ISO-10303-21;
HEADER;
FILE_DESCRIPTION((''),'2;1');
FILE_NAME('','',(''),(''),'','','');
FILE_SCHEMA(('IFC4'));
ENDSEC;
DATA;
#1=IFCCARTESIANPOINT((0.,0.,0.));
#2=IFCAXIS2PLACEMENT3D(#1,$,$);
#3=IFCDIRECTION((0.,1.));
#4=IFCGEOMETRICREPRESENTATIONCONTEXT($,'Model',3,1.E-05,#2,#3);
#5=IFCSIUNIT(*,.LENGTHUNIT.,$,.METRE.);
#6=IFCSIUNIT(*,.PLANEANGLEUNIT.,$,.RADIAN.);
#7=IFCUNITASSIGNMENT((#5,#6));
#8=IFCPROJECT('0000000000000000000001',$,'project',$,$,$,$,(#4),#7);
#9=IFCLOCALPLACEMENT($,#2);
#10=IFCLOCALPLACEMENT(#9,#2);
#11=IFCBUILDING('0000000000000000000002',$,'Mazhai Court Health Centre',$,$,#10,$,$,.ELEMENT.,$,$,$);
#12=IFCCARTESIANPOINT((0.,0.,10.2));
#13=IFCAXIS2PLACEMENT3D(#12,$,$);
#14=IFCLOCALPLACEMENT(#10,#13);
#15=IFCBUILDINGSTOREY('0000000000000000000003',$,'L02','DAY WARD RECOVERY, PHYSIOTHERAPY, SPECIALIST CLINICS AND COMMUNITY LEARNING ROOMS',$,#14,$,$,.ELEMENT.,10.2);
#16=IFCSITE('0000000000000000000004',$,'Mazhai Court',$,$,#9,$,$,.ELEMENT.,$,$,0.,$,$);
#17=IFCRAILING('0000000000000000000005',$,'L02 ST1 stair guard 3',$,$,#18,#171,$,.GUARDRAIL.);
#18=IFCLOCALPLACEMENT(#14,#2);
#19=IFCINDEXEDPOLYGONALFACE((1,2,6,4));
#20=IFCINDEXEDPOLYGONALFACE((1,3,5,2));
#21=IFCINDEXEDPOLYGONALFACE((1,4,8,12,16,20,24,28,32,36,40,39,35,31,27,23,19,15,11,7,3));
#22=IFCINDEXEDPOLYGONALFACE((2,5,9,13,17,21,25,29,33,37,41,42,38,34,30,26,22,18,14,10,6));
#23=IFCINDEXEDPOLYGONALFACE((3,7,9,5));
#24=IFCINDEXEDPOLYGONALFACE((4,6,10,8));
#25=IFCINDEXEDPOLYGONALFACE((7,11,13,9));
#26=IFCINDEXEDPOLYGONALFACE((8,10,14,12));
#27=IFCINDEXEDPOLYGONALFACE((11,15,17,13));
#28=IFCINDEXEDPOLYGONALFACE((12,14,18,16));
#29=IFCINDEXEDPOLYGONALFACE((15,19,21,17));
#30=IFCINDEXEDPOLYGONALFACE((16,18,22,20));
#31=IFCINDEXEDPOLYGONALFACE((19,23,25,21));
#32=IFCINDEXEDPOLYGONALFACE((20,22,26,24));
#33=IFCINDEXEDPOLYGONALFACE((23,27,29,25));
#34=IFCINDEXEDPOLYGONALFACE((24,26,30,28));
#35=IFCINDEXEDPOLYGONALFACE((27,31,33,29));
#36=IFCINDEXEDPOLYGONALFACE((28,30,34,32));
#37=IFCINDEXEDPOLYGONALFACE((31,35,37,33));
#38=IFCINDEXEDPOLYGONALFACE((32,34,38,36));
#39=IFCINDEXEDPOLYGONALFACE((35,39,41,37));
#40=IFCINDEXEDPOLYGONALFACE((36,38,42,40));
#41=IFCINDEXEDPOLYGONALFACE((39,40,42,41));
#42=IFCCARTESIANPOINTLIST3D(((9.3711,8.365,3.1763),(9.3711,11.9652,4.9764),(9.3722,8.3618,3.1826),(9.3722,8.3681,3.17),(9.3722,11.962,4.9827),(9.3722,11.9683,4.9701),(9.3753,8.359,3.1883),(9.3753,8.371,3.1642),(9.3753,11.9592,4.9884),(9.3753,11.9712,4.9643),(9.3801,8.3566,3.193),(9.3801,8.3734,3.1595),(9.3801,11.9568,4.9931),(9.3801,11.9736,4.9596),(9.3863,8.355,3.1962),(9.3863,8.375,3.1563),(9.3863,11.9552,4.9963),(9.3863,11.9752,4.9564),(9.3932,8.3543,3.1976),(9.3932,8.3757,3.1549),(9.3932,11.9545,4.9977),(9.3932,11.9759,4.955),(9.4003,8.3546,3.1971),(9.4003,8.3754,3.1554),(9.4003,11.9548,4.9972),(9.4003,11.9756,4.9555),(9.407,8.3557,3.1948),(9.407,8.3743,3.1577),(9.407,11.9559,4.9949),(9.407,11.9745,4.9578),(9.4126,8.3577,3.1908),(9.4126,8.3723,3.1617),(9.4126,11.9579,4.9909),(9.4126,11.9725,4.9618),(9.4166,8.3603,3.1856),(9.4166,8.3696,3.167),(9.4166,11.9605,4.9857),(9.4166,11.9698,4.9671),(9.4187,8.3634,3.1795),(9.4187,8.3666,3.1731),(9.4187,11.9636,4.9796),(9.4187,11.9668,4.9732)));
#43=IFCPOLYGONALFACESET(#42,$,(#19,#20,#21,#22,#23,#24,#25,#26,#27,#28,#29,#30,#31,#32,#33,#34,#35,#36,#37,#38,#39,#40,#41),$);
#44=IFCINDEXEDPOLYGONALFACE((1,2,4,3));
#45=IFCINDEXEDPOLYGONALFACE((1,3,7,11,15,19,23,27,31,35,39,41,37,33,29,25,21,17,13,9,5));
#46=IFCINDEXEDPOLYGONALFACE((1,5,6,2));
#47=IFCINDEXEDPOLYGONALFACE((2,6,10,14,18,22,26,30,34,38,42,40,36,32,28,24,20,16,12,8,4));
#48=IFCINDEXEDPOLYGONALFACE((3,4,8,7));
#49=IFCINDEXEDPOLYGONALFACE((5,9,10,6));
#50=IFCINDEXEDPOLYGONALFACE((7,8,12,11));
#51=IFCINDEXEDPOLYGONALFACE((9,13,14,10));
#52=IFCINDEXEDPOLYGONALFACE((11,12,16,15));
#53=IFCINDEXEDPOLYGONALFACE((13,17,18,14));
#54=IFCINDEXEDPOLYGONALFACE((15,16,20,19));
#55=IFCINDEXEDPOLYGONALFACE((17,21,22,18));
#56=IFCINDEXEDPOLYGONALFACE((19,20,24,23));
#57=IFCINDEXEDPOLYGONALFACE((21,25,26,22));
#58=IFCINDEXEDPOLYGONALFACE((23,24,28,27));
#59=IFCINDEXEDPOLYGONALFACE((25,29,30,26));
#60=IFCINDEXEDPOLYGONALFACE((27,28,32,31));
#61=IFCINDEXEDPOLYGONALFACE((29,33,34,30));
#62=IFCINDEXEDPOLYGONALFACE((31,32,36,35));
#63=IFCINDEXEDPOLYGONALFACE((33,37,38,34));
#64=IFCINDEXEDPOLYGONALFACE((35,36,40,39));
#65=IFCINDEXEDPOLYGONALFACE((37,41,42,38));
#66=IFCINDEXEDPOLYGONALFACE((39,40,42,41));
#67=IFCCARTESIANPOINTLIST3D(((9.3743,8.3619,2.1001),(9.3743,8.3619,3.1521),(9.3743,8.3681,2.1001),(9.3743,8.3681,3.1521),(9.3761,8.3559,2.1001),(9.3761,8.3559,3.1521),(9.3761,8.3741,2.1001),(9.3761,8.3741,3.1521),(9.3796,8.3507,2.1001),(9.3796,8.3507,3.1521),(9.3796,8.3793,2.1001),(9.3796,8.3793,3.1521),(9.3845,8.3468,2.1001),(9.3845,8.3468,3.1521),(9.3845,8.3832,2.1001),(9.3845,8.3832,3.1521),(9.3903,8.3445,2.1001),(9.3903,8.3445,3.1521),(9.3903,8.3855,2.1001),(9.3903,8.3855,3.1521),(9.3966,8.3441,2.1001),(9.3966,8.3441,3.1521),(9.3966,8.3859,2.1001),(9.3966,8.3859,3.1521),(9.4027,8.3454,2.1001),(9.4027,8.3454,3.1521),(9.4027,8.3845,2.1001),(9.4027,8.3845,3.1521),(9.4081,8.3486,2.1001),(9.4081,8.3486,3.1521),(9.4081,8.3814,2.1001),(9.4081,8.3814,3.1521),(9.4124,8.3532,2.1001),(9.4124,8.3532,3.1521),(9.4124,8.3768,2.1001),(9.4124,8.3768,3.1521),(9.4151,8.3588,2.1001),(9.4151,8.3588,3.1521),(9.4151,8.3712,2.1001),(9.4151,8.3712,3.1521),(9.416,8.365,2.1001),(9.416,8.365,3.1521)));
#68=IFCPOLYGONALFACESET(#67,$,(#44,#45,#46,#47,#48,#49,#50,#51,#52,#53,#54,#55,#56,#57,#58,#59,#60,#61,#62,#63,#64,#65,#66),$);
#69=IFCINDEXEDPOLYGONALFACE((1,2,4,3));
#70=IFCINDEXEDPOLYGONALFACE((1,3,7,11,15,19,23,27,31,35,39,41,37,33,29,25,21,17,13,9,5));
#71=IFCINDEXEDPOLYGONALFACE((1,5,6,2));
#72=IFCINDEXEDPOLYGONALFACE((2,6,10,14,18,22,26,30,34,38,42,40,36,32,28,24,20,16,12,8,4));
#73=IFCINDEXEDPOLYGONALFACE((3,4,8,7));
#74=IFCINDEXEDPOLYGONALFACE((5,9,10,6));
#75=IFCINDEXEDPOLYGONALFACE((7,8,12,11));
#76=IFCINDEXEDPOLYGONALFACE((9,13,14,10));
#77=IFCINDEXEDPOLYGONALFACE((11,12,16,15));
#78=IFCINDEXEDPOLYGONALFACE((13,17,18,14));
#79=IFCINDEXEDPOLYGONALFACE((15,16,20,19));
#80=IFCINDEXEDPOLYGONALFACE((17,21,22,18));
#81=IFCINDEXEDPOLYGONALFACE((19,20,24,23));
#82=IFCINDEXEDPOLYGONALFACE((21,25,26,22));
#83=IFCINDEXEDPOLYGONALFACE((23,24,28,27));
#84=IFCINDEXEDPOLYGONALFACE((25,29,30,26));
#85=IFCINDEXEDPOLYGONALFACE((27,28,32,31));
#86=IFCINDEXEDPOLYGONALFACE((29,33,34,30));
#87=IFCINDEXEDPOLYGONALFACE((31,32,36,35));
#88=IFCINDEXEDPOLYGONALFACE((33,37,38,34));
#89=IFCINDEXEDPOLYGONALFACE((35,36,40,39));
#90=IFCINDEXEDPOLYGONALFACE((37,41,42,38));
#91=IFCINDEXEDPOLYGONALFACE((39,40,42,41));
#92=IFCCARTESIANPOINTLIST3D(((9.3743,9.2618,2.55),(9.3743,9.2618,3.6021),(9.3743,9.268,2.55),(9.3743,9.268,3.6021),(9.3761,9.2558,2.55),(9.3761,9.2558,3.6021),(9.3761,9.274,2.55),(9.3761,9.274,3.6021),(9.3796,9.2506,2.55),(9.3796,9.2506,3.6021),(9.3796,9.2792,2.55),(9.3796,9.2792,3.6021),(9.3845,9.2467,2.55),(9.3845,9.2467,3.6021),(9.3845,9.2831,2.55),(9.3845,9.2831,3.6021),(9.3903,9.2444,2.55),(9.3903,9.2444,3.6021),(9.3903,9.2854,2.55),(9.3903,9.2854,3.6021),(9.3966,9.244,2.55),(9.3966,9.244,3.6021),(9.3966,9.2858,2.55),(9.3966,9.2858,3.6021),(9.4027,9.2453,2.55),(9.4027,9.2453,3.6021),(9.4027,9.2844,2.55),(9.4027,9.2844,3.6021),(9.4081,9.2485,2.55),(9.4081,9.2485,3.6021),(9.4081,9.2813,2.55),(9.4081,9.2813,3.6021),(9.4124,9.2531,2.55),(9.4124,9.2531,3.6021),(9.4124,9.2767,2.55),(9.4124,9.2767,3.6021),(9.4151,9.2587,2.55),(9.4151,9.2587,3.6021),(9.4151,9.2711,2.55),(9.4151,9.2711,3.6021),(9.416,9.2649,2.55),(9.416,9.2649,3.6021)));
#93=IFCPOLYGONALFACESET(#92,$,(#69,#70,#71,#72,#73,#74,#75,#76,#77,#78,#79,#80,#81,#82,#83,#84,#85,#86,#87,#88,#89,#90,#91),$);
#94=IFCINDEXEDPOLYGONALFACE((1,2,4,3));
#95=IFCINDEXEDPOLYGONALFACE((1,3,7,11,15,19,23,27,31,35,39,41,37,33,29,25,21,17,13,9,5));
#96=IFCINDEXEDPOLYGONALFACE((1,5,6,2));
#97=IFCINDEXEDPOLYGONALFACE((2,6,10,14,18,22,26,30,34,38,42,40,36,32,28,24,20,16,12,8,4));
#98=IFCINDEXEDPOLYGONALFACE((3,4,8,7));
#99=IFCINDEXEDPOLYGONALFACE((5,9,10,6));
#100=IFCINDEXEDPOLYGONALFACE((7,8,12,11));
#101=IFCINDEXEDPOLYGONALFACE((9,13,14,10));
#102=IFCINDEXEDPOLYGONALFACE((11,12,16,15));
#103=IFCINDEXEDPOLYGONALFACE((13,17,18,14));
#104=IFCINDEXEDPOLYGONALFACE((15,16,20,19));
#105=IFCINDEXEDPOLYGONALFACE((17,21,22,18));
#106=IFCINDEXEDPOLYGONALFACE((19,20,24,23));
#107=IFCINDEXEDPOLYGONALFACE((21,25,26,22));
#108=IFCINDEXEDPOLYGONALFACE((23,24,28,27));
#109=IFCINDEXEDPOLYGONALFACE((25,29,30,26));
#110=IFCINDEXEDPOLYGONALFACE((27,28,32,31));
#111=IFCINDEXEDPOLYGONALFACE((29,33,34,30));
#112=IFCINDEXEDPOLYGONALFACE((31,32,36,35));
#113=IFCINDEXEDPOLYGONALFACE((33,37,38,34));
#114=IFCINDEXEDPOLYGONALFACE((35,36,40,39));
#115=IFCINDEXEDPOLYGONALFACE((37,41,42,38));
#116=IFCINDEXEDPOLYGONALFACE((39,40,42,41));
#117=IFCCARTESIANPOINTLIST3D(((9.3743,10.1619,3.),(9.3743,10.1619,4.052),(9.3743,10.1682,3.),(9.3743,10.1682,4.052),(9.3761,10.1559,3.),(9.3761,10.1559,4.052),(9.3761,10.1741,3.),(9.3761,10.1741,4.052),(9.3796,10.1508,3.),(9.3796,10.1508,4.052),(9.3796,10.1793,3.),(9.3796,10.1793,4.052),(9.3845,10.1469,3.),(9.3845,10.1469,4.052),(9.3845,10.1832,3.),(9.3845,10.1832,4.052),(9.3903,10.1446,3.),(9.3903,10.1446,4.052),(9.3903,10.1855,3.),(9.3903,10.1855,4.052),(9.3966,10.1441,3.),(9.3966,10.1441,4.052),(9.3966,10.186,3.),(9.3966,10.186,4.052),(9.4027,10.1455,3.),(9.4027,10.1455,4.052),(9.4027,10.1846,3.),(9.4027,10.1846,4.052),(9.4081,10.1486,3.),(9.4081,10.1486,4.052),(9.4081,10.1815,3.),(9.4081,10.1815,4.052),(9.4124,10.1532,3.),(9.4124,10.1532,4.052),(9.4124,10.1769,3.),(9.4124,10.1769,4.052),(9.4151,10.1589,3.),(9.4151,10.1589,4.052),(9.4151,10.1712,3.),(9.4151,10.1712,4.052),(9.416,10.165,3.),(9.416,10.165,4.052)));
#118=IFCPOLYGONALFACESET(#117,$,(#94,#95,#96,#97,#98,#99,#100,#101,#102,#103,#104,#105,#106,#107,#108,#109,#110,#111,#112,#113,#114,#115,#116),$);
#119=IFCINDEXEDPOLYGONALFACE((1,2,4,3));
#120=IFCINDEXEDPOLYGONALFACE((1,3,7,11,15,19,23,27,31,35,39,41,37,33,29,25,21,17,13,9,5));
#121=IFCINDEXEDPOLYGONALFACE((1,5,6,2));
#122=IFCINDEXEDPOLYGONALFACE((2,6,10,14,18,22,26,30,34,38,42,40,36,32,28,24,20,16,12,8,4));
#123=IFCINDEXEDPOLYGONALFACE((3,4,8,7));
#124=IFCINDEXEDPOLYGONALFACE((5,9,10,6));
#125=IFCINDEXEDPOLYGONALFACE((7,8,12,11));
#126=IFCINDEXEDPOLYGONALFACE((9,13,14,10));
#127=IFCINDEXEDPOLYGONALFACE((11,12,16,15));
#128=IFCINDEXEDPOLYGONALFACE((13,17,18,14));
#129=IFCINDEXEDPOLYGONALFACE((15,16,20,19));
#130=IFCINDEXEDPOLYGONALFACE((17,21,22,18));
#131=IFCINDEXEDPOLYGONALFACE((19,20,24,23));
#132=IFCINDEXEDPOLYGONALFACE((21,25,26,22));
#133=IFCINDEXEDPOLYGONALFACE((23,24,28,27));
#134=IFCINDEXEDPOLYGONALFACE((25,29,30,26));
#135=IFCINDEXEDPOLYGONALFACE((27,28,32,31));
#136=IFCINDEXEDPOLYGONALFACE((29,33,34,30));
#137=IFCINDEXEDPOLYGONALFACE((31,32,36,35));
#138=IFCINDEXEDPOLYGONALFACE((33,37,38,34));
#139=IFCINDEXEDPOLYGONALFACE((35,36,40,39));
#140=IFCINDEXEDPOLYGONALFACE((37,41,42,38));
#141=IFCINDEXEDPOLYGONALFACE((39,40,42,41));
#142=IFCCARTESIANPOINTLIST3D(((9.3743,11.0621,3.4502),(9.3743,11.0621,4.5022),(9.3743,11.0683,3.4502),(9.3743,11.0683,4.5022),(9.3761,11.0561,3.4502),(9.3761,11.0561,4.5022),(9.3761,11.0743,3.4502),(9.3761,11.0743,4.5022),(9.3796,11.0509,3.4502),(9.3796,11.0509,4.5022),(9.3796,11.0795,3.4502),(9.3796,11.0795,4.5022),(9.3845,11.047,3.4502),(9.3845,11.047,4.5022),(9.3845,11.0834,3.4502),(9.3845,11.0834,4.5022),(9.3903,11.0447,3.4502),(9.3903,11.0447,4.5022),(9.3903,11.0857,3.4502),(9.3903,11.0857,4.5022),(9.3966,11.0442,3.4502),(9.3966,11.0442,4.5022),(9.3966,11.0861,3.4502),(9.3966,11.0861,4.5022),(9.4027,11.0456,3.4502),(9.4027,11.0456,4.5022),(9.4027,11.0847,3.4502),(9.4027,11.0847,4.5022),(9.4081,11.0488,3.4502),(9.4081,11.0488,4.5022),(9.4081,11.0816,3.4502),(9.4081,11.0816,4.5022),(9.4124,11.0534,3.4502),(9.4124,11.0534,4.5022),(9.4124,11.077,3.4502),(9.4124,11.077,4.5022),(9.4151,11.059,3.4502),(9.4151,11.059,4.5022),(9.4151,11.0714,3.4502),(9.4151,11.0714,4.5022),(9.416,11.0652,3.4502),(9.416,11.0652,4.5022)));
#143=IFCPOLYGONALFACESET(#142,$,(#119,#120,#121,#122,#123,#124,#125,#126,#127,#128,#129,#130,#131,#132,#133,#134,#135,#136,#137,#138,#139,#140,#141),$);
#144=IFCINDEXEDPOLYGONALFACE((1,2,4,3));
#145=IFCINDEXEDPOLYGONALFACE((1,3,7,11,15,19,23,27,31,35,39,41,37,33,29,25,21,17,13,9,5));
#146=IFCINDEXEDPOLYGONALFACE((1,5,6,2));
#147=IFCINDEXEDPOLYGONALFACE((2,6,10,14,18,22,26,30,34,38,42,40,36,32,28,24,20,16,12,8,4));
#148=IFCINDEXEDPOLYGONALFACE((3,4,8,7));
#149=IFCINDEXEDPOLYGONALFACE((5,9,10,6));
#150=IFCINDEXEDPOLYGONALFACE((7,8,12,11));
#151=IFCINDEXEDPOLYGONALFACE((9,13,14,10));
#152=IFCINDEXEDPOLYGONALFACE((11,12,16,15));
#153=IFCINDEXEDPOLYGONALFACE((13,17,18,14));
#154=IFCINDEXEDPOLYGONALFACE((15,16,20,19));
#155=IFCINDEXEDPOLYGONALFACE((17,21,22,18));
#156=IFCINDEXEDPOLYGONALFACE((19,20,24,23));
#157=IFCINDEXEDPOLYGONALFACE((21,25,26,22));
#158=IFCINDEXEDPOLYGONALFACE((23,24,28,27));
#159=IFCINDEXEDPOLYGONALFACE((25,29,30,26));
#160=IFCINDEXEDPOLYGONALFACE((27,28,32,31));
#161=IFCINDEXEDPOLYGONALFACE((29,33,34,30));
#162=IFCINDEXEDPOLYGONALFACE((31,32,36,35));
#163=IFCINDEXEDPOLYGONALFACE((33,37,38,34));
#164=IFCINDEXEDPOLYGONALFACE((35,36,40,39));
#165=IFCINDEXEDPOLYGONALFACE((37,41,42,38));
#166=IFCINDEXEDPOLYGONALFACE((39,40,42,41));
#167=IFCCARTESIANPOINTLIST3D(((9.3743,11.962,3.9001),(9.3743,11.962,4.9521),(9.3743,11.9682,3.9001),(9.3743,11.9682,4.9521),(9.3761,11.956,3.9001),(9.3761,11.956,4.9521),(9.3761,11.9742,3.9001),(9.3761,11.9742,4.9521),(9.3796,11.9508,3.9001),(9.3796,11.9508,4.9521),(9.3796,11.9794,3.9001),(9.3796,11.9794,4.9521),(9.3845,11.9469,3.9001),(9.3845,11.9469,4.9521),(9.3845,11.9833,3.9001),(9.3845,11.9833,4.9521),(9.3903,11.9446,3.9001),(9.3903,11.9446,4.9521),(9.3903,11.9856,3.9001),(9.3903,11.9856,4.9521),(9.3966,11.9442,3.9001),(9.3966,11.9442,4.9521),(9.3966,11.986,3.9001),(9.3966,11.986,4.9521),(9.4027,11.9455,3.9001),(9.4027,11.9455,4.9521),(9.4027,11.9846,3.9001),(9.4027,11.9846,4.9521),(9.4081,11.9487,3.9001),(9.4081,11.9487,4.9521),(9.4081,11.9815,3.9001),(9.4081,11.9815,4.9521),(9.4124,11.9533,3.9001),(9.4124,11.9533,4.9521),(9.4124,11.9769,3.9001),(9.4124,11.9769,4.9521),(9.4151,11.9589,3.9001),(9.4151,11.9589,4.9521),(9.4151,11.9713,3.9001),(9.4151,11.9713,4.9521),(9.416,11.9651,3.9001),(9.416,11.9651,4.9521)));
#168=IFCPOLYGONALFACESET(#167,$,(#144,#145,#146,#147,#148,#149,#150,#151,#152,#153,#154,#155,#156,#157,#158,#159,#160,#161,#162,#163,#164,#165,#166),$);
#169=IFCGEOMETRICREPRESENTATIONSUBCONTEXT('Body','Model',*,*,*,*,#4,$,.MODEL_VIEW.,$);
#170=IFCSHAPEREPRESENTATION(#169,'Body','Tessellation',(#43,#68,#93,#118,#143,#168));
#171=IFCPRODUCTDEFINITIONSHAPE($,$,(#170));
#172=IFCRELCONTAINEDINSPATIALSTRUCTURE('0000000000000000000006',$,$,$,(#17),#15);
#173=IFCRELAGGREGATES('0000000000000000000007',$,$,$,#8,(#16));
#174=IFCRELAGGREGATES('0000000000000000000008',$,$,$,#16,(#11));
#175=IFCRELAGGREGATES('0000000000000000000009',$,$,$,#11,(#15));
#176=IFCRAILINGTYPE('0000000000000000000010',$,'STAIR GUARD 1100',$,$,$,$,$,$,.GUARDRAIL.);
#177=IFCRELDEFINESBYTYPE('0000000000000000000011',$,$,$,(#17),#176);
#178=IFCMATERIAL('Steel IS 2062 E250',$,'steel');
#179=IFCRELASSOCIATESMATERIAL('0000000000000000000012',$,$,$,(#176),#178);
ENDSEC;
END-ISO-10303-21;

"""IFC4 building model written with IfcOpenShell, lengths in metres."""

from ifc_helpers import new_model, si_unit, direction, frame, origin, origin_2d, place, context, subcontext, project, spatial, circle, extrude, material, type_object, element, save


model = new_model("IFC4")

# Units and contexts
model_context = context("Model", 3, precision=1e-05, world=origin(), true_north=direction((0.0, 1.0)))
body_context = subcontext(model_context, "Body", "Model", "MODEL_VIEW")
ifc_project = project(units=[si_unit("LENGTHUNIT", "METRE"), si_unit("PLANEANGLEUNIT", "RADIAN")], contexts=[model_context])

# Site, building, storey
site_placement = place(None, origin())
site = spatial("IfcSite", under=ifc_project, at=site_placement, Name="Mazhai Court", CompositionType="ELEMENT", RefElevation=0.0)
building_placement = place(site_placement, origin())
building = spatial("IfcBuilding", under=site, at=building_placement, Name="Mazhai Court Health Centre", CompositionType="ELEMENT")
storey_placement = place(building_placement, frame((0.0, 0.0, 10.2)))
storey = spatial("IfcBuildingStorey", under=building, at=storey_placement, Name="L02", Description="DAY WARD RECOVERY, PHYSIOTHERAPY, SPECIALIST CLINICS AND COMMUNITY LEARNING ROOMS", CompositionType="ELEMENT", Elevation=10.2)

# Railing
ifc_material_1 = material(Name="Steel IS 2062 E250", Category="steel")
railing_type_1 = type_object("IfcRailingType", Name="STAIR GUARD 1100", PredefinedType="GUARDRAIL", material=ifc_material_1)
railing_1_placement = place(storey_placement, frame((9.395, 8.365, 2.1001)))
element("IfcRailing", 1, at=railing_1_placement, inside=storey, type_object=railing_type_1, Name="L02 ST1 stair guard 3", PredefinedType="GUARDRAIL", context=body_context, shape_type="SweptSolid", body=[
    extrude(circle(Radius=0.0239, at=origin_2d()), frame((0.0, 0.0, 1.0762), z_axis=(0.0, 0.894427, 0.447214), x_axis=(-1.0, 0.0, 0.0)), (0.0, 0.0, 1.0), 4.0251),
    extrude(circle(Radius=0.021, at=origin_2d()), origin(), (0.0, 0.0, 1.0), 1.052),
    extrude(circle(Radius=0.021, at=origin_2d()), frame((0.0, 0.8999, 0.45)), (0.0, 0.0, 1.0), 1.052),
    extrude(circle(Radius=0.021, at=origin_2d()), frame((0.0, 1.8, 0.8999)), (0.0, 0.0, 1.0), 1.052),
    extrude(circle(Radius=0.021, at=origin_2d()), frame((0.0, 2.7002, 1.3501)), (0.0, 0.0, 1.0), 1.052),
    extrude(circle(Radius=0.021, at=origin_2d()), frame((0.0, 3.6001, 1.8)), (0.0, 0.0, 1.0), 1.052),
])

save(model, "model.ifc")
